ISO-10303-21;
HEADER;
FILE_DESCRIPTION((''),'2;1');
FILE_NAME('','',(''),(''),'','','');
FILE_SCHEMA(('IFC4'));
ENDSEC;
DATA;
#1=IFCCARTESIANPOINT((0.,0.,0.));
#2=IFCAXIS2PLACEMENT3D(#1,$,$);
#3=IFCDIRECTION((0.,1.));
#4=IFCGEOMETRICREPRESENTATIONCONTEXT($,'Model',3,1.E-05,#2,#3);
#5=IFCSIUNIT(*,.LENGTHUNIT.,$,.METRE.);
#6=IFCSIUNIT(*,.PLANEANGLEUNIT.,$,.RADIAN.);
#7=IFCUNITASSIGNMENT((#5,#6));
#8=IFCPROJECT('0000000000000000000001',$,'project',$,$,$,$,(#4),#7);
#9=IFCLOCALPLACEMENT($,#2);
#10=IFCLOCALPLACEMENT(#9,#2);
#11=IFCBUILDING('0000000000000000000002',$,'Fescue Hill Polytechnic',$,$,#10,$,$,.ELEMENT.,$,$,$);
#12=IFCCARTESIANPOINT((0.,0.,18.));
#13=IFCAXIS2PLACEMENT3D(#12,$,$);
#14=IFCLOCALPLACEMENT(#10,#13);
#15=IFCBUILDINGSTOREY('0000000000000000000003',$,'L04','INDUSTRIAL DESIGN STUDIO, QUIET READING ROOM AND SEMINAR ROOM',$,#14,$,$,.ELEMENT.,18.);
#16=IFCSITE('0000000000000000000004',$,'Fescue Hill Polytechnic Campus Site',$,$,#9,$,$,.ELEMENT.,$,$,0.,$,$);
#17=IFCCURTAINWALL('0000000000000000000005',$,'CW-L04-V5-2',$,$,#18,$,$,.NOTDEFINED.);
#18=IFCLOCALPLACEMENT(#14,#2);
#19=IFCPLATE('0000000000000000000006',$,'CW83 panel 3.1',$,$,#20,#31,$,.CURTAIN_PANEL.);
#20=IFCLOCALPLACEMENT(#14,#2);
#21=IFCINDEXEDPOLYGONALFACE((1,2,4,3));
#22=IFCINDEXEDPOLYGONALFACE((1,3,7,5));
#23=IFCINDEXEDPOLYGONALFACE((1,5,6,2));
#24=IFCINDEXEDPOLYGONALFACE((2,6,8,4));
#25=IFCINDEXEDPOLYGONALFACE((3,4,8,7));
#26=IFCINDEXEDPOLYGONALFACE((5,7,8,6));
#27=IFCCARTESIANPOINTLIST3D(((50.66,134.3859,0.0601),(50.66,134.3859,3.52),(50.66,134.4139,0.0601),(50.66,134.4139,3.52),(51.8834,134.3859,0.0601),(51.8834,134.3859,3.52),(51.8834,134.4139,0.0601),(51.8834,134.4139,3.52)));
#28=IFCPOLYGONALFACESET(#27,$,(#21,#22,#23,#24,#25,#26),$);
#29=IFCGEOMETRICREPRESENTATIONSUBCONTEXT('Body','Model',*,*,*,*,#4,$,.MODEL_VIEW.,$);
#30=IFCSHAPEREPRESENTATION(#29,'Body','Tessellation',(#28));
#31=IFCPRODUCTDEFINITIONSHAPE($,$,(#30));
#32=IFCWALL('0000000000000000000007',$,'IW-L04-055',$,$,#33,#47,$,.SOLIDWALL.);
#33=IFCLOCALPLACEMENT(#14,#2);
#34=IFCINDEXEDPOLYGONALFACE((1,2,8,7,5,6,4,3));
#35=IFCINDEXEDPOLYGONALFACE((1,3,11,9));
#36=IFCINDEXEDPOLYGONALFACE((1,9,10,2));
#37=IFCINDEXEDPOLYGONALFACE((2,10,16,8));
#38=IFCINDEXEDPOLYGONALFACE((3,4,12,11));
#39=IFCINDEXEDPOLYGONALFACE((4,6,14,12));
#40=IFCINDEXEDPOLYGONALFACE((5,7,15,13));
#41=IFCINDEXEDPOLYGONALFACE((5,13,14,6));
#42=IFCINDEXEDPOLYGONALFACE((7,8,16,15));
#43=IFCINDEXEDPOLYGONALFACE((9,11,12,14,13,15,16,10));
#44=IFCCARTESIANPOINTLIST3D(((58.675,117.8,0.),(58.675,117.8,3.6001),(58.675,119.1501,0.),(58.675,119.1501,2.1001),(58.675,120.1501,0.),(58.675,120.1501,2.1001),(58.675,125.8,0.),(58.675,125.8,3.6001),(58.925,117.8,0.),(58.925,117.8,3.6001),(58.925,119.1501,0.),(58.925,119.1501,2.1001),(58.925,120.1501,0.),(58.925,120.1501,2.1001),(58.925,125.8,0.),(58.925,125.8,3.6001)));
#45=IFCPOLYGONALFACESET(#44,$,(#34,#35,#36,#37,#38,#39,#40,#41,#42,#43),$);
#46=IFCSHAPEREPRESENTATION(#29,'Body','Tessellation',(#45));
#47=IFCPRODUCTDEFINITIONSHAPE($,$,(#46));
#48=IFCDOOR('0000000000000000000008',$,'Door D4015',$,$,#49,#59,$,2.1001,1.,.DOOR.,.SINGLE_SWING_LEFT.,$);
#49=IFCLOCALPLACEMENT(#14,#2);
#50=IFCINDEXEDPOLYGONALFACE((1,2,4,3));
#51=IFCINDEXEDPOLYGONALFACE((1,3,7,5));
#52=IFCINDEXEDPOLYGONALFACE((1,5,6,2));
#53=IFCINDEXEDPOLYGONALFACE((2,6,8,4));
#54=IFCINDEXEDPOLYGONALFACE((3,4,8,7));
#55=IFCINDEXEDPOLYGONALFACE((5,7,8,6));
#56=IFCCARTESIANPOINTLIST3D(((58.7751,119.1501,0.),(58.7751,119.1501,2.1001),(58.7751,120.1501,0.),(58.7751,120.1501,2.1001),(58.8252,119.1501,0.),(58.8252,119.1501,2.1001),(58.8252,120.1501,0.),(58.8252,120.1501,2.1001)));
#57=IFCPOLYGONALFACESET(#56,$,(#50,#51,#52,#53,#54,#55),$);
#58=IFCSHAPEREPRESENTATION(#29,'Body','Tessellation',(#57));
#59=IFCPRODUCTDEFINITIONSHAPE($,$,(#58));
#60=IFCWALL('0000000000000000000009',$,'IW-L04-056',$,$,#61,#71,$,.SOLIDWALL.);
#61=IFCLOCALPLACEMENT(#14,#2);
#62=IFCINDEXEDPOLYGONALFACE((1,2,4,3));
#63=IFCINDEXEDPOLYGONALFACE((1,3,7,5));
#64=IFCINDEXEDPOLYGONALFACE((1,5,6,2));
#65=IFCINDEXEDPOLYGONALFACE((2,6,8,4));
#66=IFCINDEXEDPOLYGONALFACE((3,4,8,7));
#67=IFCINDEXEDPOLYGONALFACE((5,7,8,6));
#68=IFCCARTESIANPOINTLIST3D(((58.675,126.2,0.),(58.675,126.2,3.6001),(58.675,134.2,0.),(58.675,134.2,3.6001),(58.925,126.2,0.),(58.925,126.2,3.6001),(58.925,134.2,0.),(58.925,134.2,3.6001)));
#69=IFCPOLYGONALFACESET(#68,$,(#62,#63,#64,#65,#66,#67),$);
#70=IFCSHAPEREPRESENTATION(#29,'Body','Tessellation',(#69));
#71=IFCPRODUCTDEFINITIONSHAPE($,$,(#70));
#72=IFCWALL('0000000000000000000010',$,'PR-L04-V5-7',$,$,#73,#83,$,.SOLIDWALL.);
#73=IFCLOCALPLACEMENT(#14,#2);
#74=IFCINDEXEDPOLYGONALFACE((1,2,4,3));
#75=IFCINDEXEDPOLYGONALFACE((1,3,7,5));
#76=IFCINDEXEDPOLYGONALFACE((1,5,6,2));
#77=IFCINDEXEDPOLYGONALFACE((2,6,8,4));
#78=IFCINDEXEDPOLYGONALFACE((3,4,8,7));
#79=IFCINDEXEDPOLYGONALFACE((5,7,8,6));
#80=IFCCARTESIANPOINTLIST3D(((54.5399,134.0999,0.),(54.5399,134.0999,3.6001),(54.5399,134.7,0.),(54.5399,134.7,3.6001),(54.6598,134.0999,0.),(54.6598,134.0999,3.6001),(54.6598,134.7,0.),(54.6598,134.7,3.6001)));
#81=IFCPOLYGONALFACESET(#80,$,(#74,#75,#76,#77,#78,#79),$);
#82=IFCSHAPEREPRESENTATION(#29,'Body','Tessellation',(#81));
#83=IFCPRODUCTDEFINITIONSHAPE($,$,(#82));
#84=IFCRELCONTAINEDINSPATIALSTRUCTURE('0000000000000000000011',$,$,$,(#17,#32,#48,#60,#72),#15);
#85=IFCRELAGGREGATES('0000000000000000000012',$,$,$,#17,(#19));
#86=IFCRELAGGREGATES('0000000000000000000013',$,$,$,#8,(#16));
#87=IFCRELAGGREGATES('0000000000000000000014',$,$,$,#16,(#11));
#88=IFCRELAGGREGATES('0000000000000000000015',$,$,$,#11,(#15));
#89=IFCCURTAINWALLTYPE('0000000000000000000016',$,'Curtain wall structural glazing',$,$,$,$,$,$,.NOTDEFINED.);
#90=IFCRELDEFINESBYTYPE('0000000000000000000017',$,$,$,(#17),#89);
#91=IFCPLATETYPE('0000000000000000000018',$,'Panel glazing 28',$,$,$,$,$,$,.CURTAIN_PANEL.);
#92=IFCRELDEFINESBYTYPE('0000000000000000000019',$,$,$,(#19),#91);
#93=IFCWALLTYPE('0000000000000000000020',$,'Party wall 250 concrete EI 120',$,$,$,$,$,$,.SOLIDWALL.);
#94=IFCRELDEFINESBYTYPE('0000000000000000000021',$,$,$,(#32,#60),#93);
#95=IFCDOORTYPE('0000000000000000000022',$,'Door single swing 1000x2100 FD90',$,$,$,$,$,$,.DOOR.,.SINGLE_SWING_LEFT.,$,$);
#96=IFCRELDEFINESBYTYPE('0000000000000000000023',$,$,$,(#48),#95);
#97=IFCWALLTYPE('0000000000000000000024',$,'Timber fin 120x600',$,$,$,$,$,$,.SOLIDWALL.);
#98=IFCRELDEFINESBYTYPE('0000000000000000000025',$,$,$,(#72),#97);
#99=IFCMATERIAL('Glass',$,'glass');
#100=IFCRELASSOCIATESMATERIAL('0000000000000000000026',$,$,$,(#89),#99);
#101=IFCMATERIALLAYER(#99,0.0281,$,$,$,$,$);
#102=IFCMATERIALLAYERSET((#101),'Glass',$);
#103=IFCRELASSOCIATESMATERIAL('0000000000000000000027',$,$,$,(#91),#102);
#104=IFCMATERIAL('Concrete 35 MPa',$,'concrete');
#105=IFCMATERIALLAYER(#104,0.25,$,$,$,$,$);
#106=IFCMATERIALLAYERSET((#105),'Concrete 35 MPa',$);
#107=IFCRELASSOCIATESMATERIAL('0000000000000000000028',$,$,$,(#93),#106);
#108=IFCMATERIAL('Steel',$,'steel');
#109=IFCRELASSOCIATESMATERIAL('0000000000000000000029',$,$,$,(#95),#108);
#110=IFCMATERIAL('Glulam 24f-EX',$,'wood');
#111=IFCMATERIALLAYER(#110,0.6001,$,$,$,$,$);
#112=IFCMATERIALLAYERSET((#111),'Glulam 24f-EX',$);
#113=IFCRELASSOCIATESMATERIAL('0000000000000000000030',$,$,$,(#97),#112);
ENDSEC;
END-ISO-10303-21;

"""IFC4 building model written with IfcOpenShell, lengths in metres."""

from ifc_helpers import new_model, si_unit, direction, frame, frame_2d, origin, origin_2d, place, context, subcontext, project, spatial, rectangle, extrude, material, layer, layer_set, type_object, element, fill, aggregate, save


model = new_model("IFC4")

# Units and contexts
model_context = context("Model", 3, precision=1e-05, world=origin(), true_north=direction((0.0, 1.0)))
body_context = subcontext(model_context, "Body", "Model", "MODEL_VIEW")
ifc_project = project(units=[si_unit("LENGTHUNIT", "METRE"), si_unit("PLANEANGLEUNIT", "RADIAN")], contexts=[model_context])

# Site, building, storey
site_placement = place(None, origin())
site = spatial("IfcSite", under=ifc_project, at=site_placement, Name="Fescue Hill Polytechnic Campus Site", CompositionType="ELEMENT", RefElevation=0.0)
building_placement = place(site_placement, origin())
building = spatial("IfcBuilding", under=site, at=building_placement, Name="Fescue Hill Polytechnic", CompositionType="ELEMENT")
storey_placement = place(building_placement, frame((0.0, 0.0, 18.0)))
storey = spatial("IfcBuildingStorey", under=building, at=storey_placement, Name="L04", Description="INDUSTRIAL DESIGN STUDIO, QUIET READING ROOM AND SEMINAR ROOM", CompositionType="ELEMENT", Elevation=18.0)

# Shared definitions
ifc_material_1 = material(Name="Concrete 35 MPa", Category="concrete")

# Curtain wall
ifc_material_2 = material(Name="Glass", Category="glass")
curtain_wall_type = type_object("IfcCurtainWallType", Name="Curtain wall structural glazing", PredefinedType="NOTDEFINED", material=ifc_material_2)
curtain_wall_1_placement = place(storey_placement, origin())
curtain_wall_1 = element("IfcCurtainWall", 1, at=curtain_wall_1_placement, inside=storey, type_object=curtain_wall_type, Name="CW-L04-V5-2", PredefinedType="NOTDEFINED")

# Plate
ifc_layer_1 = layer(ifc_material_2, 0.0281)
ifc_layer_set_1 = layer_set([ifc_layer_1], Name="Glass")
plate_type = type_object("IfcPlateType", Name="Panel glazing 28", PredefinedType="CURTAIN_PANEL", material=ifc_layer_set_1)
plate_1_placement = place(storey_placement, frame((51.2717, 134.3999, 0.0601), z_axis=(0.0, 0.0, 1.0), x_axis=(-1.0, 0.0, 0.0)))
plate_1 = element("IfcPlate", 2, at=plate_1_placement, type_object=plate_type, Name="CW83 panel 3.1", PredefinedType="CURTAIN_PANEL", context=body_context, shape_type="SweptSolid", body=[
    extrude(rectangle(XDim=1.2234, YDim=0.0281, at=origin_2d()), origin(), (0.0, 0.0, 1.0), 3.46),
])
aggregate(curtain_wall_1, [plate_1])

# Wall, opening, door
ifc_layer_2 = layer(ifc_material_1, 0.25)
ifc_layer_set_2 = layer_set([ifc_layer_2], Name="Concrete 35 MPa")
wall_type_1 = type_object("IfcWallType", Name="Party wall 250 concrete EI 120", PredefinedType="SOLIDWALL", material=ifc_layer_set_2)
wall_1_placement = place(storey_placement, frame((58.8, 117.8, 0.0), z_axis=(0.0, 0.0, 1.0), x_axis=(0.0, 1.0, 0.0)))
wall_1 = element("IfcWall", 3, at=wall_1_placement, inside=storey, type_object=wall_type_1, Name="IW-L04-055", PredefinedType="SOLIDWALL", context=body_context, shape_type="SweptSolid", body=[
    extrude(rectangle(XDim=8.0, YDim=0.25, at=frame_2d((4.0, 0.0))), origin(), (0.0, 0.0, 1.0), 3.6001),
])
opening_placement = place(wall_1_placement, frame((1.3501, 0.0, 0.0)))
opening = element("IfcOpeningElement", 4, at=opening_placement, cuts=wall_1, PredefinedType="OPENING", context=body_context, shape_type="SweptSolid", body=[
    extrude(rectangle(XDim=1.0, YDim=2.1001, at=frame_2d((0.5, 1.05))), frame((0.0, 0.135, 0.0), z_axis=(0.0, -1.0, 0.0), x_axis=(1.0, 0.0, 0.0)), (0.0, 0.0, 1.0), 0.27),
])
ifc_material_3 = material(Name="Steel", Category="steel")
door_type = type_object("IfcDoorType", Name="Door single swing 1000x2100 FD90", OperationType="SINGLE_SWING_LEFT", PredefinedType="DOOR", material=ifc_material_3)
door_placement = place(opening_placement, origin())
door = element("IfcDoor", 5, at=door_placement, inside=storey, type_object=door_type, Name="Door D4015", OperationType="SINGLE_SWING_LEFT", OverallHeight=2.1001, OverallWidth=1.0, PredefinedType="DOOR", context=body_context, shape_type="SweptSolid", body=[
    extrude(rectangle(XDim=1.0, YDim=2.1001, at=frame_2d((0.5, 1.05))), frame((0.0, 0.0249, 0.0), z_axis=(0.0, -1.0, 0.0), x_axis=(1.0, 0.0, 0.0)), (0.0, 0.0, 1.0), 0.05),
])
fill(opening, door)

# Walls
wall_2_placement = place(storey_placement, frame((58.8, 126.2, 0.0), z_axis=(0.0, 0.0, 1.0), x_axis=(0.0, 1.0, 0.0)))
element("IfcWall", 6, at=wall_2_placement, inside=storey, type_object=wall_type_1, Name="IW-L04-056", PredefinedType="SOLIDWALL", context=body_context, shape_type="SweptSolid", body=[
    extrude(rectangle(XDim=8.0, YDim=0.25, at=frame_2d((4.0, 0.0))), origin(), (0.0, 0.0, 1.0), 3.6001),
])
ifc_material_4 = material(Name="Glulam 24f-EX", Category="wood")
ifc_layer_3 = layer(ifc_material_4, 0.6001)
ifc_layer_set_3 = layer_set([ifc_layer_3], Name="Glulam 24f-EX")
wall_type_2 = type_object("IfcWallType", Name="Timber fin 120x600", PredefinedType="SOLIDWALL", material=ifc_layer_set_3)
wall_3_placement = place(storey_placement, frame((54.6599, 134.3999, 0.0), z_axis=(0.0, 0.0, 1.0), x_axis=(-1.0, 0.0, 0.0)))
element("IfcWall", 7, at=wall_3_placement, inside=storey, type_object=wall_type_2, Name="PR-L04-V5-7", PredefinedType="SOLIDWALL", context=body_context, shape_type="SweptSolid", body=[
    extrude(rectangle(XDim=0.1199, YDim=0.6001, at=frame_2d((0.0601, 0.0))), origin(), (0.0, 0.0, 1.0), 3.6001),
])

save(model, "model.ifc")
